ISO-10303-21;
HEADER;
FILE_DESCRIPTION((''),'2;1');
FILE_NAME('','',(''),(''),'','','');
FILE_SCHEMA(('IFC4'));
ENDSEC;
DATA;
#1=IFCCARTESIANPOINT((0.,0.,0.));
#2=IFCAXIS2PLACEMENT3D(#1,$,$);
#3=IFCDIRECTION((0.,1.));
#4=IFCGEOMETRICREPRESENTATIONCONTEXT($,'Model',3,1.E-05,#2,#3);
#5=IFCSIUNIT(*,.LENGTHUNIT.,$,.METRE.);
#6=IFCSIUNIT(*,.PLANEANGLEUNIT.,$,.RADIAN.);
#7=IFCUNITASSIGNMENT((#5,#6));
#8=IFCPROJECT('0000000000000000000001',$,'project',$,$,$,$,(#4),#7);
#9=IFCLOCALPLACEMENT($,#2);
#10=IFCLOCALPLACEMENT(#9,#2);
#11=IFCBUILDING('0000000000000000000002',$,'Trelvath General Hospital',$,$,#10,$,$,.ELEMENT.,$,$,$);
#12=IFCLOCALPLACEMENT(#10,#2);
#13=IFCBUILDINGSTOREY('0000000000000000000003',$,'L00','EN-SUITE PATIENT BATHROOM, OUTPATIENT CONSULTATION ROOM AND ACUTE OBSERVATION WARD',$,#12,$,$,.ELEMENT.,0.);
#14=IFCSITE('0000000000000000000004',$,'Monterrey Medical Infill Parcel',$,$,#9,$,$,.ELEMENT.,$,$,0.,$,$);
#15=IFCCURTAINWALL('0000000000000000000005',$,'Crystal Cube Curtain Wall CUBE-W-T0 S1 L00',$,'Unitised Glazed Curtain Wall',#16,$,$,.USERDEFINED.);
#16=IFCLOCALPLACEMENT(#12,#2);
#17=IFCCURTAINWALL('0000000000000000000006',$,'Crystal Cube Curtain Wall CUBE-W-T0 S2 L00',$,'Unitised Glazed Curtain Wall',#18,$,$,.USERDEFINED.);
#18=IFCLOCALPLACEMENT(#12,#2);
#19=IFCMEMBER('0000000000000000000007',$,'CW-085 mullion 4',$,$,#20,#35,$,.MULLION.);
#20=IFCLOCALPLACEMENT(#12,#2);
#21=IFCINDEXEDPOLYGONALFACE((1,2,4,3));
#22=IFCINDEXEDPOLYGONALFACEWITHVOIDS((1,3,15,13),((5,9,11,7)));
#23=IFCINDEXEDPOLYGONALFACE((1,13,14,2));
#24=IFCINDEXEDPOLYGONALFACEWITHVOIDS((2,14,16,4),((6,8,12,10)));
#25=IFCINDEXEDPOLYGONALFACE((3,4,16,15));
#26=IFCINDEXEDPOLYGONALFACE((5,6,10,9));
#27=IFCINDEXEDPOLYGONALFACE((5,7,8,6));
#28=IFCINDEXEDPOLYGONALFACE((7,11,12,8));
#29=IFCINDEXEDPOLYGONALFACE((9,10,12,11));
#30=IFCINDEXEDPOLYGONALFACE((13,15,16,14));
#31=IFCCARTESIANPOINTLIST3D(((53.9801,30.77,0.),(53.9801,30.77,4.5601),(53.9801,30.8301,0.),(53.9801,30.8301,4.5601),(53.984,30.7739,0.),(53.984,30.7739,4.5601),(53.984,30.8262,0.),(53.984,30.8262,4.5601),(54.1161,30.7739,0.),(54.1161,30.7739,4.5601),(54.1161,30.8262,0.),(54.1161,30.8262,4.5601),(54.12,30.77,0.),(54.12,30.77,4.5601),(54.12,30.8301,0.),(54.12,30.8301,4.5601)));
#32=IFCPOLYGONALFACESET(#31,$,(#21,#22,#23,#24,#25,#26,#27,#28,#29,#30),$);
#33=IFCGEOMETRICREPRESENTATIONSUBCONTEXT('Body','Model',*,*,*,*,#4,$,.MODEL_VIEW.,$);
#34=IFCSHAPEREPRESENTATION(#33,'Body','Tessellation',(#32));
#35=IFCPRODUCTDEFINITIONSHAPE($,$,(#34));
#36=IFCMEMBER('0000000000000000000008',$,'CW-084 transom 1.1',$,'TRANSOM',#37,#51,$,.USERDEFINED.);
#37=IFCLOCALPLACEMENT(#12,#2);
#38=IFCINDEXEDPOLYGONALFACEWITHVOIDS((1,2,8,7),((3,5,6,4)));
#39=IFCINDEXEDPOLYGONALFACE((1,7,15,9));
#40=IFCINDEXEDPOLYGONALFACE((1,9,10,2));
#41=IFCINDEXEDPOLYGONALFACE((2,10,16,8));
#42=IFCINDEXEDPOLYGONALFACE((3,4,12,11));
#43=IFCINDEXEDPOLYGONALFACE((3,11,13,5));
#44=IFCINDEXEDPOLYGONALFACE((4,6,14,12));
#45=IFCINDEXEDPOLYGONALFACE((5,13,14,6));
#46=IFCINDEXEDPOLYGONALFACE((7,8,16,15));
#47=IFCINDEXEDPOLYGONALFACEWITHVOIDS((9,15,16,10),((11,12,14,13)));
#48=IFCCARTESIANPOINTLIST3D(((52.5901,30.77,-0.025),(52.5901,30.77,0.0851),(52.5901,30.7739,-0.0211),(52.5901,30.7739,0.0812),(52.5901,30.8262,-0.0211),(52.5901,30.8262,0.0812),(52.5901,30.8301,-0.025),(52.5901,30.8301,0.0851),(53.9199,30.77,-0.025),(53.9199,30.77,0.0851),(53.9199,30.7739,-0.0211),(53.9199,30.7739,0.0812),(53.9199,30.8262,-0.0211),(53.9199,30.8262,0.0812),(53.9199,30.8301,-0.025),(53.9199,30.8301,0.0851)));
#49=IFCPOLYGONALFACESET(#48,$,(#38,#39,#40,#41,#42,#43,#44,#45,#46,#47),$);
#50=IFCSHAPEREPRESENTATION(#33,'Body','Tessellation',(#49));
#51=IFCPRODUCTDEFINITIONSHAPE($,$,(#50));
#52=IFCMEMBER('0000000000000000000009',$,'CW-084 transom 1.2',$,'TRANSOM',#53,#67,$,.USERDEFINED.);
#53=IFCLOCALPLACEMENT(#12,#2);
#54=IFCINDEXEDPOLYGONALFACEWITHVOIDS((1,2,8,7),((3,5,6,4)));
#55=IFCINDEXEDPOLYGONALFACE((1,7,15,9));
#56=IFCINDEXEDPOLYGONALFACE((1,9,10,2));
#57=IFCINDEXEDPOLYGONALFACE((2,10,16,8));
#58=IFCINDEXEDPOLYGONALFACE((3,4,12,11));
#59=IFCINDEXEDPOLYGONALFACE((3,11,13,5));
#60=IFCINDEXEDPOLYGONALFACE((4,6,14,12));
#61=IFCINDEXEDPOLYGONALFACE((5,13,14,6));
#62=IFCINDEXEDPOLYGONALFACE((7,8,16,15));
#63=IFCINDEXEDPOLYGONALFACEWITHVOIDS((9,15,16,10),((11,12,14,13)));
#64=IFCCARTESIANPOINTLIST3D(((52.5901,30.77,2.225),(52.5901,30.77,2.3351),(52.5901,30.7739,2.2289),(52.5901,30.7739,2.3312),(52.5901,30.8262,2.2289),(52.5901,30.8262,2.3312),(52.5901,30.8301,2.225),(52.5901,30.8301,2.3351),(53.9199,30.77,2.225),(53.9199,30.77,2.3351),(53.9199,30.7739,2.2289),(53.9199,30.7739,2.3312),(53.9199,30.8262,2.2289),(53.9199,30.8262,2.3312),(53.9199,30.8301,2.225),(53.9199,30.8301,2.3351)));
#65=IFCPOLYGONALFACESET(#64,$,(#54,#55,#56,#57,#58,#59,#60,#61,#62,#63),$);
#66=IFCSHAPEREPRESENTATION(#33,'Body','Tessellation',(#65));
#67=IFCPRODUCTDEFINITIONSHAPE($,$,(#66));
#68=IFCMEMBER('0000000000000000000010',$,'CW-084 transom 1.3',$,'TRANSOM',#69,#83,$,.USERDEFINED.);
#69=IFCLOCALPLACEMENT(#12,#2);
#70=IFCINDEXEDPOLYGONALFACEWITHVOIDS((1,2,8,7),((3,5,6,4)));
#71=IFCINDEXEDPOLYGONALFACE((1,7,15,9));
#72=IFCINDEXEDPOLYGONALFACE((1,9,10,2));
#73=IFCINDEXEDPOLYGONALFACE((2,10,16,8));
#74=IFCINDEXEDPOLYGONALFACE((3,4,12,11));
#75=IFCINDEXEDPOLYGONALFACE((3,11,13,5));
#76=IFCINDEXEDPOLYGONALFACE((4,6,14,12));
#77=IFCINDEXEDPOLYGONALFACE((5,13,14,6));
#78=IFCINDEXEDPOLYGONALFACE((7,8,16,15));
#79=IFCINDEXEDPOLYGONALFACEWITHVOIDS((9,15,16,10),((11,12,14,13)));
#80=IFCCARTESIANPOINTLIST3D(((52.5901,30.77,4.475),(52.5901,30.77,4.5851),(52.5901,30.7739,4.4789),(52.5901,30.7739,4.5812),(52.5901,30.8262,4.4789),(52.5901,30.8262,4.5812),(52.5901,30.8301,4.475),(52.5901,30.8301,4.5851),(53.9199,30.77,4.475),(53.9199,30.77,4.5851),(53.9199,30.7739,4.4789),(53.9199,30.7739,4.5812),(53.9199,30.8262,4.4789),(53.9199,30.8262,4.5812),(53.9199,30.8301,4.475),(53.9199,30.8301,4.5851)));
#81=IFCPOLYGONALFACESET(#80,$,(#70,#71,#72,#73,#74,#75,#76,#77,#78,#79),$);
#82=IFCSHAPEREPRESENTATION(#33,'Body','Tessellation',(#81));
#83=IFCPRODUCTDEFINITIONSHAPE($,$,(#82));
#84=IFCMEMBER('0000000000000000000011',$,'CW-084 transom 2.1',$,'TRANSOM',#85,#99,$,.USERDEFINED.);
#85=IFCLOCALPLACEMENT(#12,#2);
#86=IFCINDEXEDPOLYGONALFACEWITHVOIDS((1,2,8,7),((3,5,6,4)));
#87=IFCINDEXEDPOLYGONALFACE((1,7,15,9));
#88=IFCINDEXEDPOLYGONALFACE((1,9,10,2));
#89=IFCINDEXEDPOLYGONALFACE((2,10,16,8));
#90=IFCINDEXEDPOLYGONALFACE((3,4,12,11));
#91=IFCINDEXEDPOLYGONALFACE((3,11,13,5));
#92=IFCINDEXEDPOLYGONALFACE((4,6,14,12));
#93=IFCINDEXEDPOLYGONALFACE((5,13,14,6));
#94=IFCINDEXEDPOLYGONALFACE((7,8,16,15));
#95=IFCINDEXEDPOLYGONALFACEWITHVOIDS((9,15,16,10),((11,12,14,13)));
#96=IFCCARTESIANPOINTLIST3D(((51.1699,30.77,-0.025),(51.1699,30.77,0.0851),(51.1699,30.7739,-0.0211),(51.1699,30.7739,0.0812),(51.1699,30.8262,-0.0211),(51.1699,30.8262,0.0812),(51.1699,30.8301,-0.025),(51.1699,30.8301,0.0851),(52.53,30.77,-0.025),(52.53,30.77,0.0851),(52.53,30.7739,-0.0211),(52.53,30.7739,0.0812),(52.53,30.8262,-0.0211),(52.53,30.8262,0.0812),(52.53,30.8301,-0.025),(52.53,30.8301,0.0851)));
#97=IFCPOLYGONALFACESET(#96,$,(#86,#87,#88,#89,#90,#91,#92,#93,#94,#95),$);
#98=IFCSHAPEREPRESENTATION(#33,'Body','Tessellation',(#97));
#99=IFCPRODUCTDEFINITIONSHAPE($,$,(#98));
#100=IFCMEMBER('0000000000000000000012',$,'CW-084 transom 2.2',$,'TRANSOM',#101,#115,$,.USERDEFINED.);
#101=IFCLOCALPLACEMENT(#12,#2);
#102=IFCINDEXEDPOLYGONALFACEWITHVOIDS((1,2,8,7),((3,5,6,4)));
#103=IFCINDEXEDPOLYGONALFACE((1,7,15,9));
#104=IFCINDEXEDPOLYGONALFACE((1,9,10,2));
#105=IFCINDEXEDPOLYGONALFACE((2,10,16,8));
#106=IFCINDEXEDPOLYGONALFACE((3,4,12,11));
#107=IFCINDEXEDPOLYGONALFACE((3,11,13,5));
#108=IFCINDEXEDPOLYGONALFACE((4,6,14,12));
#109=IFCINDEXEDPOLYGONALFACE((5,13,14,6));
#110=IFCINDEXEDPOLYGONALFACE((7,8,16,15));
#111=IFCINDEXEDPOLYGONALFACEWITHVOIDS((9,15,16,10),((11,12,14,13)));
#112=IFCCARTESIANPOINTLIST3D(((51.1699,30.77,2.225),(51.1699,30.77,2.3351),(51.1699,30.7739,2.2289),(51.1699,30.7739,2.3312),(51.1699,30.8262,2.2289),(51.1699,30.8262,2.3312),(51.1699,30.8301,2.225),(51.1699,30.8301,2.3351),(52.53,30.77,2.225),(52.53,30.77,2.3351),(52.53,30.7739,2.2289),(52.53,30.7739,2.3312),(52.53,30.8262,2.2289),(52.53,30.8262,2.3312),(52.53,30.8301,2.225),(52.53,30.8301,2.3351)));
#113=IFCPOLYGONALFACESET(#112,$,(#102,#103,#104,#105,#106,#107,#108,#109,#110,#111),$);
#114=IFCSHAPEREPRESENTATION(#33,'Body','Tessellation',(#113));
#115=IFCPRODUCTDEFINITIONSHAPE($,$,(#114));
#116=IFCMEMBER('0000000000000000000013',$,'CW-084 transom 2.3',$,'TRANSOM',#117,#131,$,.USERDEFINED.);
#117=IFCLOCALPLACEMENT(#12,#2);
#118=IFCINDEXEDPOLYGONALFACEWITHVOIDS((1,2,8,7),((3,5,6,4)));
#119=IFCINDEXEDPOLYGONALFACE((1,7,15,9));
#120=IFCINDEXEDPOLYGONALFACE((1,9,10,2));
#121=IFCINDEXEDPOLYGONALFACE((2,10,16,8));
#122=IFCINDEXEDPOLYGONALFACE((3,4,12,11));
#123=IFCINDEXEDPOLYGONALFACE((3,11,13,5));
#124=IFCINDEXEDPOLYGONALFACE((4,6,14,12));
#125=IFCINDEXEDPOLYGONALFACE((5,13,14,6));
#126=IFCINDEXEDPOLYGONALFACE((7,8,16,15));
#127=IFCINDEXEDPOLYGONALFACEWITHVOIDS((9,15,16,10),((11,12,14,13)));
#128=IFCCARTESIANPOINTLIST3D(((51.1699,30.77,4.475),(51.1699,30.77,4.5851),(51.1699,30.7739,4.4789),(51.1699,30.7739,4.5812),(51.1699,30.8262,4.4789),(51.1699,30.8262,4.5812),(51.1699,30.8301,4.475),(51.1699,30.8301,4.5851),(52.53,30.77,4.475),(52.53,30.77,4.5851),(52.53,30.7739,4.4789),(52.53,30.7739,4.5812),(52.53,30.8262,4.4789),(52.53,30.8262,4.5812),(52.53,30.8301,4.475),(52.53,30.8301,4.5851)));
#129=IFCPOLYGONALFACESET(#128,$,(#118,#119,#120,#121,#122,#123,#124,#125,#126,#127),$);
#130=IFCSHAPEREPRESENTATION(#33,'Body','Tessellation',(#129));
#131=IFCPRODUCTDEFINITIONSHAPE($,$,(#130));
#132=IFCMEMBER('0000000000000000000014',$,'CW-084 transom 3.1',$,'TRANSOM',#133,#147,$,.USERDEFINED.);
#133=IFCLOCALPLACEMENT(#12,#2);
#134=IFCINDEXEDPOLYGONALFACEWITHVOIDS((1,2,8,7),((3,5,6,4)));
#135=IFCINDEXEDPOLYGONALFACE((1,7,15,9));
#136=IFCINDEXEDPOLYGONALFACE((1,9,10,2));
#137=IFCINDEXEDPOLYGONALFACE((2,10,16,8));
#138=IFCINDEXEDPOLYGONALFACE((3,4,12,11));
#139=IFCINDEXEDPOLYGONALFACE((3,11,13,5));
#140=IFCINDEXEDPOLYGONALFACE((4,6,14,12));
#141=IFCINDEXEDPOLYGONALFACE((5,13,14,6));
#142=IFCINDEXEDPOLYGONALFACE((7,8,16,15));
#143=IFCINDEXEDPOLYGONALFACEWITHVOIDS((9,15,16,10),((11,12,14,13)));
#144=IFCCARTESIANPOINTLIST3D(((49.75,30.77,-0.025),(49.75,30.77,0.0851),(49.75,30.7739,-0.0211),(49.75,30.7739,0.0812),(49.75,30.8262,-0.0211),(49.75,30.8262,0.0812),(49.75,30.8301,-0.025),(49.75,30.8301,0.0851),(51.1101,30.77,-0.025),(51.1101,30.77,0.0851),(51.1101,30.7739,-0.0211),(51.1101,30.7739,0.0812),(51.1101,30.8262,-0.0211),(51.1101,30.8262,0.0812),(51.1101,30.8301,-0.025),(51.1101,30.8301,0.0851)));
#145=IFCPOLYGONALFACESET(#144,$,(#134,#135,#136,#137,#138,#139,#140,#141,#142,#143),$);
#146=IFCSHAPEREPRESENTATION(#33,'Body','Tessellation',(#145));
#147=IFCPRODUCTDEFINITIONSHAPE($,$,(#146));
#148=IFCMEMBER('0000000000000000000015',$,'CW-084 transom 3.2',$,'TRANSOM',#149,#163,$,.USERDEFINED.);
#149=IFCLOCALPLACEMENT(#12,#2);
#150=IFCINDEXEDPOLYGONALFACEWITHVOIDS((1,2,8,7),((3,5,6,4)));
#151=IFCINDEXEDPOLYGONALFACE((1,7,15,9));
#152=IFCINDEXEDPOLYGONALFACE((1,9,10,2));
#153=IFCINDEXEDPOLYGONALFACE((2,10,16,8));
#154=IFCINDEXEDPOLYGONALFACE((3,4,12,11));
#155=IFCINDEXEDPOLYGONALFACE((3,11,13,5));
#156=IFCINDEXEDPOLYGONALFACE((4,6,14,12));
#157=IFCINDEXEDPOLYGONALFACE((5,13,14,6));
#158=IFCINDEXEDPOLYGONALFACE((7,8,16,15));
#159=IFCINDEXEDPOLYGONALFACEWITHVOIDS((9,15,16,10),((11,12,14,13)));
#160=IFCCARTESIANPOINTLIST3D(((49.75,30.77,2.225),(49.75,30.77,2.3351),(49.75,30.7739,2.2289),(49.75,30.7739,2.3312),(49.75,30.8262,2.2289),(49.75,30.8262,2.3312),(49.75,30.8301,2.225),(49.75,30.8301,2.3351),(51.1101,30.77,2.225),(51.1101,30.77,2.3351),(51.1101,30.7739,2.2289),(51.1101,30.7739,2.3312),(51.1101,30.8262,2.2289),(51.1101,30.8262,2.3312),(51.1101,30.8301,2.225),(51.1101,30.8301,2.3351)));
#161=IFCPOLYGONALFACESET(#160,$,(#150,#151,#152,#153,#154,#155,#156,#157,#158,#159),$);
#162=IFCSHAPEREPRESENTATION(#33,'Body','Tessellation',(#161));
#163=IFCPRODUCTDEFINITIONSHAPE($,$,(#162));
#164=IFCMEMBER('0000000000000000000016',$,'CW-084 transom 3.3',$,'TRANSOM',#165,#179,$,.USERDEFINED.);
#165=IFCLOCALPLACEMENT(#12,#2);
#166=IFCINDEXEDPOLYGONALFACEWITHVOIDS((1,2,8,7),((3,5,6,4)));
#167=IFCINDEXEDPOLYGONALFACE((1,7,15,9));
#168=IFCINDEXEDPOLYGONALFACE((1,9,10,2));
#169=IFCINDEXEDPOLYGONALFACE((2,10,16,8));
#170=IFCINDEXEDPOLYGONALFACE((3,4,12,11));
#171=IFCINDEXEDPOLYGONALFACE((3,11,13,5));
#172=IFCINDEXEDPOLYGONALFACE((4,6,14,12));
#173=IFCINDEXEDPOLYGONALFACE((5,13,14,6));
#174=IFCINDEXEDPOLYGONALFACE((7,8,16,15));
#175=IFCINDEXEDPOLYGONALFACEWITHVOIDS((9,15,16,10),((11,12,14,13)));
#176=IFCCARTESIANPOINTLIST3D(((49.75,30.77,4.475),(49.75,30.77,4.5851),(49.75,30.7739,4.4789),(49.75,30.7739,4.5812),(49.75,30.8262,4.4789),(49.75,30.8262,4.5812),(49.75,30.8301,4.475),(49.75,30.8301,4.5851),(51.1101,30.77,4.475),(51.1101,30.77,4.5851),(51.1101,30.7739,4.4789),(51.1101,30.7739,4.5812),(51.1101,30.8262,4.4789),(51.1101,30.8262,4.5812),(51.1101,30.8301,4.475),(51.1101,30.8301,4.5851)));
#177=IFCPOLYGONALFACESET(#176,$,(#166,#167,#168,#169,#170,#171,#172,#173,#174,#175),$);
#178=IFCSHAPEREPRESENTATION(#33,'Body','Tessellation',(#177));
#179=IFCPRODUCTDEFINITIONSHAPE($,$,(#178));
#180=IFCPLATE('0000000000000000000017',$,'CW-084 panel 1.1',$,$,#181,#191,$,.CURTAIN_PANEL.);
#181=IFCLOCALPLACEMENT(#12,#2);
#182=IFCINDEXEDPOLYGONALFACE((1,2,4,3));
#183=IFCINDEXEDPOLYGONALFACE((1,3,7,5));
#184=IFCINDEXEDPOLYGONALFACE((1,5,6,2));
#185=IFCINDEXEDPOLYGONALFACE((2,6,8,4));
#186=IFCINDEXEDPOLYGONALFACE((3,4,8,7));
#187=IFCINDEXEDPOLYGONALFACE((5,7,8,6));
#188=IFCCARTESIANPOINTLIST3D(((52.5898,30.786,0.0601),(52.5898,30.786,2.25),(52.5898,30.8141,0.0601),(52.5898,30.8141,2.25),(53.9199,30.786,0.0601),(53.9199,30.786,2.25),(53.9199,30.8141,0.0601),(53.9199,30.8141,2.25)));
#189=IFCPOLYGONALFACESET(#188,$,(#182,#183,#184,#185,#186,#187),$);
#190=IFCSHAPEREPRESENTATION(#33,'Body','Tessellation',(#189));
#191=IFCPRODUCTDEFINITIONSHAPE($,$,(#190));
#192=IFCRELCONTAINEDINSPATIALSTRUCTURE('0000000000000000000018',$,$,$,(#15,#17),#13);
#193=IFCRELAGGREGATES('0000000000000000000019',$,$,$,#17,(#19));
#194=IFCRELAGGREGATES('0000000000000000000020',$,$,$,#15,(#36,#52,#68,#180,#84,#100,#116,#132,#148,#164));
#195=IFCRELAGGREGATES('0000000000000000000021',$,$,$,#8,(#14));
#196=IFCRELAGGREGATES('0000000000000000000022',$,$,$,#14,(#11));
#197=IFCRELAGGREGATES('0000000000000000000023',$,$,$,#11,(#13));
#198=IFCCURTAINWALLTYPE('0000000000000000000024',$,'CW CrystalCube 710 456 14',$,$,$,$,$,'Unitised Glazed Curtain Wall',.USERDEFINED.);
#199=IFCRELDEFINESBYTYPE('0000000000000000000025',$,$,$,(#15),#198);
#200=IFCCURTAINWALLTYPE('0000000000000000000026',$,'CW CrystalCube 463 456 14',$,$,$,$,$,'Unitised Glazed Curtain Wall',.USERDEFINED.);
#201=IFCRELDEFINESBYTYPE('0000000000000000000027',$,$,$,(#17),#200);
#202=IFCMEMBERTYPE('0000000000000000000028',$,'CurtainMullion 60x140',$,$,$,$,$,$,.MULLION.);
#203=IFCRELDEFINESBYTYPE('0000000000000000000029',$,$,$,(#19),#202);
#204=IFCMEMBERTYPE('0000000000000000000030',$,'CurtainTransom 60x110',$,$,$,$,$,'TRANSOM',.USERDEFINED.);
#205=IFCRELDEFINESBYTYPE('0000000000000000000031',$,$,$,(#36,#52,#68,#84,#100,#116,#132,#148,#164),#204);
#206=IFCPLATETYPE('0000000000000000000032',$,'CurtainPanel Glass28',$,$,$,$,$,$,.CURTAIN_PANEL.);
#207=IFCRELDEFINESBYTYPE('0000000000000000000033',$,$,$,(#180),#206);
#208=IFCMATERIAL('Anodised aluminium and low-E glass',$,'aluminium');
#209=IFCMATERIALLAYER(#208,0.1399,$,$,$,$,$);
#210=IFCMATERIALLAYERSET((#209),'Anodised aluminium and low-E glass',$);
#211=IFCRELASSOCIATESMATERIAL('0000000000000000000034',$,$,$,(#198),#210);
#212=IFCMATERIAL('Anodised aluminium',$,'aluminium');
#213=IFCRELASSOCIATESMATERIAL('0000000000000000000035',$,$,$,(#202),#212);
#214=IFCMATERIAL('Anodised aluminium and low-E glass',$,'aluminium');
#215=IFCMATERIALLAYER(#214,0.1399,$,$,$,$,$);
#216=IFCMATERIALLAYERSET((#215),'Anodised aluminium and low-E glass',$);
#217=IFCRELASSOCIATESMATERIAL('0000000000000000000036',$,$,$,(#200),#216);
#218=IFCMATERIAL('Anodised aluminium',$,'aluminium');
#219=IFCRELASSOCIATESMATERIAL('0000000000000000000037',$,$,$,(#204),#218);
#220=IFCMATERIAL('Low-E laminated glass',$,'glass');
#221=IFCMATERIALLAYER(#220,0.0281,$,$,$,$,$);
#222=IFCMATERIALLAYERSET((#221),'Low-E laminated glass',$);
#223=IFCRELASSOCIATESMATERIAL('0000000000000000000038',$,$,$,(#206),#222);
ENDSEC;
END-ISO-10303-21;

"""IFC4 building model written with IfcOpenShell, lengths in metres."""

from ifc_helpers import new_model, si_unit, direction, frame, origin, origin_2d, place, context, subcontext, project, spatial, rectangle, hollow_rectangle, extrude, material, layer, layer_set, material_profile, profile_set, type_object, element, aggregate, save


model = new_model("IFC4")

# Units and contexts
model_context = context("Model", 3, precision=1e-05, world=origin(), true_north=direction((0.0, 1.0)))
body_context = subcontext(model_context, "Body", "Model", "MODEL_VIEW")
ifc_project = project(units=[si_unit("LENGTHUNIT", "METRE"), si_unit("PLANEANGLEUNIT", "RADIAN")], contexts=[model_context])

# Site, building, storey
site_placement = place(None, origin())
site = spatial("IfcSite", under=ifc_project, at=site_placement, Name="Monterrey Medical Infill Parcel", CompositionType="ELEMENT", RefElevation=0.0)
building_placement = place(site_placement, origin())
building = spatial("IfcBuilding", under=site, at=building_placement, Name="Trelvath General Hospital", CompositionType="ELEMENT")
storey_placement = place(building_placement, origin())
storey = spatial("IfcBuildingStorey", under=building, at=storey_placement, Name="L00", Description="EN-SUITE PATIENT BATHROOM, OUTPATIENT CONSULTATION ROOM AND ACUTE OBSERVATION WARD", CompositionType="ELEMENT", Elevation=0.0)

# Curtain wall
ifc_material_1 = material(Name="Anodised aluminium and low-E glass", Category="aluminium")
ifc_layer_1 = layer(ifc_material_1, 0.1399)
ifc_layer_set_1 = layer_set([ifc_layer_1], Name="Anodised aluminium and low-E glass")
curtain_wall_type_1 = type_object("IfcCurtainWallType", Name="CW CrystalCube 710 456 14", ElementType="Unitised Glazed Curtain Wall", PredefinedType="USERDEFINED", material=ifc_layer_set_1)
curtain_wall_1_placement = place(storey_placement, origin())
curtain_wall_1 = element("IfcCurtainWall", 1, at=curtain_wall_1_placement, inside=storey, type_object=curtain_wall_type_1, Name="Crystal Cube Curtain Wall CUBE-W-T0 S1 L00", ObjectType="Unitised Glazed Curtain Wall", PredefinedType="USERDEFINED")
ifc_material_2 = material(Name="Anodised aluminium", Category="aluminium")
ifc_material_profile_1 = material_profile(ifc_material_2, hollow_rectangle(XDim=0.0601, YDim=0.1399, WallThickness=0.0039, at=origin_2d()), Name="RHS60x140x4")
ifc_profile_set_1 = profile_set([ifc_material_profile_1], Name="Anodised aluminium")
member_type_1 = type_object("IfcMemberType", Name="CurtainMullion 60x140", PredefinedType="MULLION", material=ifc_profile_set_1)

# Curtain wall, member
ifc_material_3 = material(Name="Anodised aluminium and low-E glass", Category="aluminium")
ifc_layer_2 = layer(ifc_material_3, 0.1399)
ifc_layer_set_2 = layer_set([ifc_layer_2], Name="Anodised aluminium and low-E glass")
curtain_wall_type_2 = type_object("IfcCurtainWallType", Name="CW CrystalCube 463 456 14", ElementType="Unitised Glazed Curtain Wall", PredefinedType="USERDEFINED", material=ifc_layer_set_2)
curtain_wall_2_placement = place(storey_placement, origin())
curtain_wall_2 = element("IfcCurtainWall", 2, at=curtain_wall_2_placement, inside=storey, type_object=curtain_wall_type_2, Name="Crystal Cube Curtain Wall CUBE-W-T0 S2 L00", ObjectType="Unitised Glazed Curtain Wall", PredefinedType="USERDEFINED")
member_1_placement = place(storey_placement, frame((54.05, 30.8, 0.0), z_axis=(0.0, 0.0, 1.0), x_axis=(0.0, -1.0, 0.0)))
member_1 = element("IfcMember", 3, at=member_1_placement, type_object=member_type_1, Name="CW-085 mullion 4", PredefinedType="MULLION", context=body_context, shape_type="SweptSolid", body=[
    extrude(hollow_rectangle(XDim=0.0601, YDim=0.1399, WallThickness=0.0039, at=origin_2d()), origin(), (0.0, 0.0, 1.0), 4.5601),
])
aggregate(curtain_wall_2, [member_1])

# Members
ifc_material_4 = material(Name="Anodised aluminium", Category="aluminium")
ifc_material_profile_2 = material_profile(ifc_material_4, hollow_rectangle(XDim=0.0601, YDim=0.1101, WallThickness=0.0039, at=origin_2d()), Name="RHS60x110x4")
ifc_profile_set_2 = profile_set([ifc_material_profile_2], Name="Anodised aluminium")
member_type_2 = type_object("IfcMemberType", Name="CurtainTransom 60x110", ElementType="TRANSOM", PredefinedType="USERDEFINED", material=ifc_profile_set_2)
member_2_placement = place(storey_placement, frame((53.9199, 30.8, 0.03), z_axis=(-1.0, 0.0, 0.0), x_axis=(0.0, -1.0, 0.0)))
member_2 = element("IfcMember", 4, at=member_2_placement, type_object=member_type_2, Name="CW-084 transom 1.1", ObjectType="TRANSOM", PredefinedType="USERDEFINED", context=body_context, shape_type="SweptSolid", body=[
    extrude(hollow_rectangle(XDim=0.0601, YDim=0.1101, WallThickness=0.0039, at=origin_2d()), origin(), (0.0, 0.0, 1.0), 1.3298),
])
member_3_placement = place(storey_placement, frame((53.9199, 30.8, 2.28), z_axis=(-1.0, 0.0, 0.0), x_axis=(0.0, -1.0, 0.0)))
member_3 = element("IfcMember", 5, at=member_3_placement, type_object=member_type_2, Name="CW-084 transom 1.2", ObjectType="TRANSOM", PredefinedType="USERDEFINED", context=body_context, shape_type="SweptSolid", body=[
    extrude(hollow_rectangle(XDim=0.0601, YDim=0.1101, WallThickness=0.0039, at=origin_2d()), origin(), (0.0, 0.0, 1.0), 1.3298),
])
member_4_placement = place(storey_placement, frame((53.9199, 30.8, 4.53), z_axis=(-1.0, 0.0, 0.0), x_axis=(0.0, -1.0, 0.0)))
member_4 = element("IfcMember", 6, at=member_4_placement, type_object=member_type_2, Name="CW-084 transom 1.3", ObjectType="TRANSOM", PredefinedType="USERDEFINED", context=body_context, shape_type="SweptSolid", body=[
    extrude(hollow_rectangle(XDim=0.0601, YDim=0.1101, WallThickness=0.0039, at=origin_2d()), origin(), (0.0, 0.0, 1.0), 1.3298),
])
member_5_placement = place(storey_placement, frame((52.53, 30.8, 0.03), z_axis=(-1.0, 0.0, 0.0), x_axis=(0.0, -1.0, 0.0)))
member_5 = element("IfcMember", 7, at=member_5_placement, type_object=member_type_2, Name="CW-084 transom 2.1", ObjectType="TRANSOM", PredefinedType="USERDEFINED", context=body_context, shape_type="SweptSolid", body=[
    extrude(hollow_rectangle(XDim=0.0601, YDim=0.1101, WallThickness=0.0039, at=origin_2d()), origin(), (0.0, 0.0, 1.0), 1.3601),
])
member_6_placement = place(storey_placement, frame((52.53, 30.8, 2.28), z_axis=(-1.0, 0.0, 0.0), x_axis=(0.0, -1.0, 0.0)))
member_6 = element("IfcMember", 8, at=member_6_placement, type_object=member_type_2, Name="CW-084 transom 2.2", ObjectType="TRANSOM", PredefinedType="USERDEFINED", context=body_context, shape_type="SweptSolid", body=[
    extrude(hollow_rectangle(XDim=0.0601, YDim=0.1101, WallThickness=0.0039, at=origin_2d()), origin(), (0.0, 0.0, 1.0), 1.3601),
])
member_7_placement = place(storey_placement, frame((52.53, 30.8, 4.53), z_axis=(-1.0, 0.0, 0.0), x_axis=(0.0, -1.0, 0.0)))
member_7 = element("IfcMember", 9, at=member_7_placement, type_object=member_type_2, Name="CW-084 transom 2.3", ObjectType="TRANSOM", PredefinedType="USERDEFINED", context=body_context, shape_type="SweptSolid", body=[
    extrude(hollow_rectangle(XDim=0.0601, YDim=0.1101, WallThickness=0.0039, at=origin_2d()), origin(), (0.0, 0.0, 1.0), 1.3601),
])
member_8_placement = place(storey_placement, frame((51.1101, 30.8, 0.03), z_axis=(-1.0, 0.0, 0.0), x_axis=(0.0, -1.0, 0.0)))
member_8 = element("IfcMember", 10, at=member_8_placement, type_object=member_type_2, Name="CW-084 transom 3.1", ObjectType="TRANSOM", PredefinedType="USERDEFINED", context=body_context, shape_type="SweptSolid", body=[
    extrude(hollow_rectangle(XDim=0.0601, YDim=0.1101, WallThickness=0.0039, at=origin_2d()), origin(), (0.0, 0.0, 1.0), 1.3601),
])
member_9_placement = place(storey_placement, frame((51.1101, 30.8, 2.28), z_axis=(-1.0, 0.0, 0.0), x_axis=(0.0, -1.0, 0.0)))
member_9 = element("IfcMember", 11, at=member_9_placement, type_object=member_type_2, Name="CW-084 transom 3.2", ObjectType="TRANSOM", PredefinedType="USERDEFINED", context=body_context, shape_type="SweptSolid", body=[
    extrude(hollow_rectangle(XDim=0.0601, YDim=0.1101, WallThickness=0.0039, at=origin_2d()), origin(), (0.0, 0.0, 1.0), 1.3601),
])
member_10_placement = place(storey_placement, frame((51.1101, 30.8, 4.53), z_axis=(-1.0, 0.0, 0.0), x_axis=(0.0, -1.0, 0.0)))
member_10 = element("IfcMember", 12, at=member_10_placement, type_object=member_type_2, Name="CW-084 transom 3.3", ObjectType="TRANSOM", PredefinedType="USERDEFINED", context=body_context, shape_type="SweptSolid", body=[
    extrude(hollow_rectangle(XDim=0.0601, YDim=0.1101, WallThickness=0.0039, at=origin_2d()), origin(), (0.0, 0.0, 1.0), 1.3601),
])

# Plate
ifc_material_5 = material(Name="Low-E laminated glass", Category="glass")
ifc_layer_3 = layer(ifc_material_5, 0.0281)
ifc_layer_set_3 = layer_set([ifc_layer_3], Name="Low-E laminated glass")
plate_type = type_object("IfcPlateType", Name="CurtainPanel Glass28", PredefinedType="CURTAIN_PANEL", material=ifc_layer_set_3)
plate_1_placement = place(storey_placement, frame((53.2549, 30.8, 0.0601), z_axis=(0.0, 0.0, 1.0), x_axis=(-1.0, 0.0, 0.0)))
plate_1 = element("IfcPlate", 13, at=plate_1_placement, type_object=plate_type, Name="CW-084 panel 1.1", PredefinedType="CURTAIN_PANEL", context=body_context, shape_type="SweptSolid", body=[
    extrude(rectangle(XDim=1.3301, YDim=0.0281, at=origin_2d()), origin(), (0.0, 0.0, 1.0), 2.1899),
])
aggregate(curtain_wall_1, [member_2, member_3, member_4, plate_1, member_5, member_6, member_7, member_8, member_9, member_10])

save(model, "model.ifc")
